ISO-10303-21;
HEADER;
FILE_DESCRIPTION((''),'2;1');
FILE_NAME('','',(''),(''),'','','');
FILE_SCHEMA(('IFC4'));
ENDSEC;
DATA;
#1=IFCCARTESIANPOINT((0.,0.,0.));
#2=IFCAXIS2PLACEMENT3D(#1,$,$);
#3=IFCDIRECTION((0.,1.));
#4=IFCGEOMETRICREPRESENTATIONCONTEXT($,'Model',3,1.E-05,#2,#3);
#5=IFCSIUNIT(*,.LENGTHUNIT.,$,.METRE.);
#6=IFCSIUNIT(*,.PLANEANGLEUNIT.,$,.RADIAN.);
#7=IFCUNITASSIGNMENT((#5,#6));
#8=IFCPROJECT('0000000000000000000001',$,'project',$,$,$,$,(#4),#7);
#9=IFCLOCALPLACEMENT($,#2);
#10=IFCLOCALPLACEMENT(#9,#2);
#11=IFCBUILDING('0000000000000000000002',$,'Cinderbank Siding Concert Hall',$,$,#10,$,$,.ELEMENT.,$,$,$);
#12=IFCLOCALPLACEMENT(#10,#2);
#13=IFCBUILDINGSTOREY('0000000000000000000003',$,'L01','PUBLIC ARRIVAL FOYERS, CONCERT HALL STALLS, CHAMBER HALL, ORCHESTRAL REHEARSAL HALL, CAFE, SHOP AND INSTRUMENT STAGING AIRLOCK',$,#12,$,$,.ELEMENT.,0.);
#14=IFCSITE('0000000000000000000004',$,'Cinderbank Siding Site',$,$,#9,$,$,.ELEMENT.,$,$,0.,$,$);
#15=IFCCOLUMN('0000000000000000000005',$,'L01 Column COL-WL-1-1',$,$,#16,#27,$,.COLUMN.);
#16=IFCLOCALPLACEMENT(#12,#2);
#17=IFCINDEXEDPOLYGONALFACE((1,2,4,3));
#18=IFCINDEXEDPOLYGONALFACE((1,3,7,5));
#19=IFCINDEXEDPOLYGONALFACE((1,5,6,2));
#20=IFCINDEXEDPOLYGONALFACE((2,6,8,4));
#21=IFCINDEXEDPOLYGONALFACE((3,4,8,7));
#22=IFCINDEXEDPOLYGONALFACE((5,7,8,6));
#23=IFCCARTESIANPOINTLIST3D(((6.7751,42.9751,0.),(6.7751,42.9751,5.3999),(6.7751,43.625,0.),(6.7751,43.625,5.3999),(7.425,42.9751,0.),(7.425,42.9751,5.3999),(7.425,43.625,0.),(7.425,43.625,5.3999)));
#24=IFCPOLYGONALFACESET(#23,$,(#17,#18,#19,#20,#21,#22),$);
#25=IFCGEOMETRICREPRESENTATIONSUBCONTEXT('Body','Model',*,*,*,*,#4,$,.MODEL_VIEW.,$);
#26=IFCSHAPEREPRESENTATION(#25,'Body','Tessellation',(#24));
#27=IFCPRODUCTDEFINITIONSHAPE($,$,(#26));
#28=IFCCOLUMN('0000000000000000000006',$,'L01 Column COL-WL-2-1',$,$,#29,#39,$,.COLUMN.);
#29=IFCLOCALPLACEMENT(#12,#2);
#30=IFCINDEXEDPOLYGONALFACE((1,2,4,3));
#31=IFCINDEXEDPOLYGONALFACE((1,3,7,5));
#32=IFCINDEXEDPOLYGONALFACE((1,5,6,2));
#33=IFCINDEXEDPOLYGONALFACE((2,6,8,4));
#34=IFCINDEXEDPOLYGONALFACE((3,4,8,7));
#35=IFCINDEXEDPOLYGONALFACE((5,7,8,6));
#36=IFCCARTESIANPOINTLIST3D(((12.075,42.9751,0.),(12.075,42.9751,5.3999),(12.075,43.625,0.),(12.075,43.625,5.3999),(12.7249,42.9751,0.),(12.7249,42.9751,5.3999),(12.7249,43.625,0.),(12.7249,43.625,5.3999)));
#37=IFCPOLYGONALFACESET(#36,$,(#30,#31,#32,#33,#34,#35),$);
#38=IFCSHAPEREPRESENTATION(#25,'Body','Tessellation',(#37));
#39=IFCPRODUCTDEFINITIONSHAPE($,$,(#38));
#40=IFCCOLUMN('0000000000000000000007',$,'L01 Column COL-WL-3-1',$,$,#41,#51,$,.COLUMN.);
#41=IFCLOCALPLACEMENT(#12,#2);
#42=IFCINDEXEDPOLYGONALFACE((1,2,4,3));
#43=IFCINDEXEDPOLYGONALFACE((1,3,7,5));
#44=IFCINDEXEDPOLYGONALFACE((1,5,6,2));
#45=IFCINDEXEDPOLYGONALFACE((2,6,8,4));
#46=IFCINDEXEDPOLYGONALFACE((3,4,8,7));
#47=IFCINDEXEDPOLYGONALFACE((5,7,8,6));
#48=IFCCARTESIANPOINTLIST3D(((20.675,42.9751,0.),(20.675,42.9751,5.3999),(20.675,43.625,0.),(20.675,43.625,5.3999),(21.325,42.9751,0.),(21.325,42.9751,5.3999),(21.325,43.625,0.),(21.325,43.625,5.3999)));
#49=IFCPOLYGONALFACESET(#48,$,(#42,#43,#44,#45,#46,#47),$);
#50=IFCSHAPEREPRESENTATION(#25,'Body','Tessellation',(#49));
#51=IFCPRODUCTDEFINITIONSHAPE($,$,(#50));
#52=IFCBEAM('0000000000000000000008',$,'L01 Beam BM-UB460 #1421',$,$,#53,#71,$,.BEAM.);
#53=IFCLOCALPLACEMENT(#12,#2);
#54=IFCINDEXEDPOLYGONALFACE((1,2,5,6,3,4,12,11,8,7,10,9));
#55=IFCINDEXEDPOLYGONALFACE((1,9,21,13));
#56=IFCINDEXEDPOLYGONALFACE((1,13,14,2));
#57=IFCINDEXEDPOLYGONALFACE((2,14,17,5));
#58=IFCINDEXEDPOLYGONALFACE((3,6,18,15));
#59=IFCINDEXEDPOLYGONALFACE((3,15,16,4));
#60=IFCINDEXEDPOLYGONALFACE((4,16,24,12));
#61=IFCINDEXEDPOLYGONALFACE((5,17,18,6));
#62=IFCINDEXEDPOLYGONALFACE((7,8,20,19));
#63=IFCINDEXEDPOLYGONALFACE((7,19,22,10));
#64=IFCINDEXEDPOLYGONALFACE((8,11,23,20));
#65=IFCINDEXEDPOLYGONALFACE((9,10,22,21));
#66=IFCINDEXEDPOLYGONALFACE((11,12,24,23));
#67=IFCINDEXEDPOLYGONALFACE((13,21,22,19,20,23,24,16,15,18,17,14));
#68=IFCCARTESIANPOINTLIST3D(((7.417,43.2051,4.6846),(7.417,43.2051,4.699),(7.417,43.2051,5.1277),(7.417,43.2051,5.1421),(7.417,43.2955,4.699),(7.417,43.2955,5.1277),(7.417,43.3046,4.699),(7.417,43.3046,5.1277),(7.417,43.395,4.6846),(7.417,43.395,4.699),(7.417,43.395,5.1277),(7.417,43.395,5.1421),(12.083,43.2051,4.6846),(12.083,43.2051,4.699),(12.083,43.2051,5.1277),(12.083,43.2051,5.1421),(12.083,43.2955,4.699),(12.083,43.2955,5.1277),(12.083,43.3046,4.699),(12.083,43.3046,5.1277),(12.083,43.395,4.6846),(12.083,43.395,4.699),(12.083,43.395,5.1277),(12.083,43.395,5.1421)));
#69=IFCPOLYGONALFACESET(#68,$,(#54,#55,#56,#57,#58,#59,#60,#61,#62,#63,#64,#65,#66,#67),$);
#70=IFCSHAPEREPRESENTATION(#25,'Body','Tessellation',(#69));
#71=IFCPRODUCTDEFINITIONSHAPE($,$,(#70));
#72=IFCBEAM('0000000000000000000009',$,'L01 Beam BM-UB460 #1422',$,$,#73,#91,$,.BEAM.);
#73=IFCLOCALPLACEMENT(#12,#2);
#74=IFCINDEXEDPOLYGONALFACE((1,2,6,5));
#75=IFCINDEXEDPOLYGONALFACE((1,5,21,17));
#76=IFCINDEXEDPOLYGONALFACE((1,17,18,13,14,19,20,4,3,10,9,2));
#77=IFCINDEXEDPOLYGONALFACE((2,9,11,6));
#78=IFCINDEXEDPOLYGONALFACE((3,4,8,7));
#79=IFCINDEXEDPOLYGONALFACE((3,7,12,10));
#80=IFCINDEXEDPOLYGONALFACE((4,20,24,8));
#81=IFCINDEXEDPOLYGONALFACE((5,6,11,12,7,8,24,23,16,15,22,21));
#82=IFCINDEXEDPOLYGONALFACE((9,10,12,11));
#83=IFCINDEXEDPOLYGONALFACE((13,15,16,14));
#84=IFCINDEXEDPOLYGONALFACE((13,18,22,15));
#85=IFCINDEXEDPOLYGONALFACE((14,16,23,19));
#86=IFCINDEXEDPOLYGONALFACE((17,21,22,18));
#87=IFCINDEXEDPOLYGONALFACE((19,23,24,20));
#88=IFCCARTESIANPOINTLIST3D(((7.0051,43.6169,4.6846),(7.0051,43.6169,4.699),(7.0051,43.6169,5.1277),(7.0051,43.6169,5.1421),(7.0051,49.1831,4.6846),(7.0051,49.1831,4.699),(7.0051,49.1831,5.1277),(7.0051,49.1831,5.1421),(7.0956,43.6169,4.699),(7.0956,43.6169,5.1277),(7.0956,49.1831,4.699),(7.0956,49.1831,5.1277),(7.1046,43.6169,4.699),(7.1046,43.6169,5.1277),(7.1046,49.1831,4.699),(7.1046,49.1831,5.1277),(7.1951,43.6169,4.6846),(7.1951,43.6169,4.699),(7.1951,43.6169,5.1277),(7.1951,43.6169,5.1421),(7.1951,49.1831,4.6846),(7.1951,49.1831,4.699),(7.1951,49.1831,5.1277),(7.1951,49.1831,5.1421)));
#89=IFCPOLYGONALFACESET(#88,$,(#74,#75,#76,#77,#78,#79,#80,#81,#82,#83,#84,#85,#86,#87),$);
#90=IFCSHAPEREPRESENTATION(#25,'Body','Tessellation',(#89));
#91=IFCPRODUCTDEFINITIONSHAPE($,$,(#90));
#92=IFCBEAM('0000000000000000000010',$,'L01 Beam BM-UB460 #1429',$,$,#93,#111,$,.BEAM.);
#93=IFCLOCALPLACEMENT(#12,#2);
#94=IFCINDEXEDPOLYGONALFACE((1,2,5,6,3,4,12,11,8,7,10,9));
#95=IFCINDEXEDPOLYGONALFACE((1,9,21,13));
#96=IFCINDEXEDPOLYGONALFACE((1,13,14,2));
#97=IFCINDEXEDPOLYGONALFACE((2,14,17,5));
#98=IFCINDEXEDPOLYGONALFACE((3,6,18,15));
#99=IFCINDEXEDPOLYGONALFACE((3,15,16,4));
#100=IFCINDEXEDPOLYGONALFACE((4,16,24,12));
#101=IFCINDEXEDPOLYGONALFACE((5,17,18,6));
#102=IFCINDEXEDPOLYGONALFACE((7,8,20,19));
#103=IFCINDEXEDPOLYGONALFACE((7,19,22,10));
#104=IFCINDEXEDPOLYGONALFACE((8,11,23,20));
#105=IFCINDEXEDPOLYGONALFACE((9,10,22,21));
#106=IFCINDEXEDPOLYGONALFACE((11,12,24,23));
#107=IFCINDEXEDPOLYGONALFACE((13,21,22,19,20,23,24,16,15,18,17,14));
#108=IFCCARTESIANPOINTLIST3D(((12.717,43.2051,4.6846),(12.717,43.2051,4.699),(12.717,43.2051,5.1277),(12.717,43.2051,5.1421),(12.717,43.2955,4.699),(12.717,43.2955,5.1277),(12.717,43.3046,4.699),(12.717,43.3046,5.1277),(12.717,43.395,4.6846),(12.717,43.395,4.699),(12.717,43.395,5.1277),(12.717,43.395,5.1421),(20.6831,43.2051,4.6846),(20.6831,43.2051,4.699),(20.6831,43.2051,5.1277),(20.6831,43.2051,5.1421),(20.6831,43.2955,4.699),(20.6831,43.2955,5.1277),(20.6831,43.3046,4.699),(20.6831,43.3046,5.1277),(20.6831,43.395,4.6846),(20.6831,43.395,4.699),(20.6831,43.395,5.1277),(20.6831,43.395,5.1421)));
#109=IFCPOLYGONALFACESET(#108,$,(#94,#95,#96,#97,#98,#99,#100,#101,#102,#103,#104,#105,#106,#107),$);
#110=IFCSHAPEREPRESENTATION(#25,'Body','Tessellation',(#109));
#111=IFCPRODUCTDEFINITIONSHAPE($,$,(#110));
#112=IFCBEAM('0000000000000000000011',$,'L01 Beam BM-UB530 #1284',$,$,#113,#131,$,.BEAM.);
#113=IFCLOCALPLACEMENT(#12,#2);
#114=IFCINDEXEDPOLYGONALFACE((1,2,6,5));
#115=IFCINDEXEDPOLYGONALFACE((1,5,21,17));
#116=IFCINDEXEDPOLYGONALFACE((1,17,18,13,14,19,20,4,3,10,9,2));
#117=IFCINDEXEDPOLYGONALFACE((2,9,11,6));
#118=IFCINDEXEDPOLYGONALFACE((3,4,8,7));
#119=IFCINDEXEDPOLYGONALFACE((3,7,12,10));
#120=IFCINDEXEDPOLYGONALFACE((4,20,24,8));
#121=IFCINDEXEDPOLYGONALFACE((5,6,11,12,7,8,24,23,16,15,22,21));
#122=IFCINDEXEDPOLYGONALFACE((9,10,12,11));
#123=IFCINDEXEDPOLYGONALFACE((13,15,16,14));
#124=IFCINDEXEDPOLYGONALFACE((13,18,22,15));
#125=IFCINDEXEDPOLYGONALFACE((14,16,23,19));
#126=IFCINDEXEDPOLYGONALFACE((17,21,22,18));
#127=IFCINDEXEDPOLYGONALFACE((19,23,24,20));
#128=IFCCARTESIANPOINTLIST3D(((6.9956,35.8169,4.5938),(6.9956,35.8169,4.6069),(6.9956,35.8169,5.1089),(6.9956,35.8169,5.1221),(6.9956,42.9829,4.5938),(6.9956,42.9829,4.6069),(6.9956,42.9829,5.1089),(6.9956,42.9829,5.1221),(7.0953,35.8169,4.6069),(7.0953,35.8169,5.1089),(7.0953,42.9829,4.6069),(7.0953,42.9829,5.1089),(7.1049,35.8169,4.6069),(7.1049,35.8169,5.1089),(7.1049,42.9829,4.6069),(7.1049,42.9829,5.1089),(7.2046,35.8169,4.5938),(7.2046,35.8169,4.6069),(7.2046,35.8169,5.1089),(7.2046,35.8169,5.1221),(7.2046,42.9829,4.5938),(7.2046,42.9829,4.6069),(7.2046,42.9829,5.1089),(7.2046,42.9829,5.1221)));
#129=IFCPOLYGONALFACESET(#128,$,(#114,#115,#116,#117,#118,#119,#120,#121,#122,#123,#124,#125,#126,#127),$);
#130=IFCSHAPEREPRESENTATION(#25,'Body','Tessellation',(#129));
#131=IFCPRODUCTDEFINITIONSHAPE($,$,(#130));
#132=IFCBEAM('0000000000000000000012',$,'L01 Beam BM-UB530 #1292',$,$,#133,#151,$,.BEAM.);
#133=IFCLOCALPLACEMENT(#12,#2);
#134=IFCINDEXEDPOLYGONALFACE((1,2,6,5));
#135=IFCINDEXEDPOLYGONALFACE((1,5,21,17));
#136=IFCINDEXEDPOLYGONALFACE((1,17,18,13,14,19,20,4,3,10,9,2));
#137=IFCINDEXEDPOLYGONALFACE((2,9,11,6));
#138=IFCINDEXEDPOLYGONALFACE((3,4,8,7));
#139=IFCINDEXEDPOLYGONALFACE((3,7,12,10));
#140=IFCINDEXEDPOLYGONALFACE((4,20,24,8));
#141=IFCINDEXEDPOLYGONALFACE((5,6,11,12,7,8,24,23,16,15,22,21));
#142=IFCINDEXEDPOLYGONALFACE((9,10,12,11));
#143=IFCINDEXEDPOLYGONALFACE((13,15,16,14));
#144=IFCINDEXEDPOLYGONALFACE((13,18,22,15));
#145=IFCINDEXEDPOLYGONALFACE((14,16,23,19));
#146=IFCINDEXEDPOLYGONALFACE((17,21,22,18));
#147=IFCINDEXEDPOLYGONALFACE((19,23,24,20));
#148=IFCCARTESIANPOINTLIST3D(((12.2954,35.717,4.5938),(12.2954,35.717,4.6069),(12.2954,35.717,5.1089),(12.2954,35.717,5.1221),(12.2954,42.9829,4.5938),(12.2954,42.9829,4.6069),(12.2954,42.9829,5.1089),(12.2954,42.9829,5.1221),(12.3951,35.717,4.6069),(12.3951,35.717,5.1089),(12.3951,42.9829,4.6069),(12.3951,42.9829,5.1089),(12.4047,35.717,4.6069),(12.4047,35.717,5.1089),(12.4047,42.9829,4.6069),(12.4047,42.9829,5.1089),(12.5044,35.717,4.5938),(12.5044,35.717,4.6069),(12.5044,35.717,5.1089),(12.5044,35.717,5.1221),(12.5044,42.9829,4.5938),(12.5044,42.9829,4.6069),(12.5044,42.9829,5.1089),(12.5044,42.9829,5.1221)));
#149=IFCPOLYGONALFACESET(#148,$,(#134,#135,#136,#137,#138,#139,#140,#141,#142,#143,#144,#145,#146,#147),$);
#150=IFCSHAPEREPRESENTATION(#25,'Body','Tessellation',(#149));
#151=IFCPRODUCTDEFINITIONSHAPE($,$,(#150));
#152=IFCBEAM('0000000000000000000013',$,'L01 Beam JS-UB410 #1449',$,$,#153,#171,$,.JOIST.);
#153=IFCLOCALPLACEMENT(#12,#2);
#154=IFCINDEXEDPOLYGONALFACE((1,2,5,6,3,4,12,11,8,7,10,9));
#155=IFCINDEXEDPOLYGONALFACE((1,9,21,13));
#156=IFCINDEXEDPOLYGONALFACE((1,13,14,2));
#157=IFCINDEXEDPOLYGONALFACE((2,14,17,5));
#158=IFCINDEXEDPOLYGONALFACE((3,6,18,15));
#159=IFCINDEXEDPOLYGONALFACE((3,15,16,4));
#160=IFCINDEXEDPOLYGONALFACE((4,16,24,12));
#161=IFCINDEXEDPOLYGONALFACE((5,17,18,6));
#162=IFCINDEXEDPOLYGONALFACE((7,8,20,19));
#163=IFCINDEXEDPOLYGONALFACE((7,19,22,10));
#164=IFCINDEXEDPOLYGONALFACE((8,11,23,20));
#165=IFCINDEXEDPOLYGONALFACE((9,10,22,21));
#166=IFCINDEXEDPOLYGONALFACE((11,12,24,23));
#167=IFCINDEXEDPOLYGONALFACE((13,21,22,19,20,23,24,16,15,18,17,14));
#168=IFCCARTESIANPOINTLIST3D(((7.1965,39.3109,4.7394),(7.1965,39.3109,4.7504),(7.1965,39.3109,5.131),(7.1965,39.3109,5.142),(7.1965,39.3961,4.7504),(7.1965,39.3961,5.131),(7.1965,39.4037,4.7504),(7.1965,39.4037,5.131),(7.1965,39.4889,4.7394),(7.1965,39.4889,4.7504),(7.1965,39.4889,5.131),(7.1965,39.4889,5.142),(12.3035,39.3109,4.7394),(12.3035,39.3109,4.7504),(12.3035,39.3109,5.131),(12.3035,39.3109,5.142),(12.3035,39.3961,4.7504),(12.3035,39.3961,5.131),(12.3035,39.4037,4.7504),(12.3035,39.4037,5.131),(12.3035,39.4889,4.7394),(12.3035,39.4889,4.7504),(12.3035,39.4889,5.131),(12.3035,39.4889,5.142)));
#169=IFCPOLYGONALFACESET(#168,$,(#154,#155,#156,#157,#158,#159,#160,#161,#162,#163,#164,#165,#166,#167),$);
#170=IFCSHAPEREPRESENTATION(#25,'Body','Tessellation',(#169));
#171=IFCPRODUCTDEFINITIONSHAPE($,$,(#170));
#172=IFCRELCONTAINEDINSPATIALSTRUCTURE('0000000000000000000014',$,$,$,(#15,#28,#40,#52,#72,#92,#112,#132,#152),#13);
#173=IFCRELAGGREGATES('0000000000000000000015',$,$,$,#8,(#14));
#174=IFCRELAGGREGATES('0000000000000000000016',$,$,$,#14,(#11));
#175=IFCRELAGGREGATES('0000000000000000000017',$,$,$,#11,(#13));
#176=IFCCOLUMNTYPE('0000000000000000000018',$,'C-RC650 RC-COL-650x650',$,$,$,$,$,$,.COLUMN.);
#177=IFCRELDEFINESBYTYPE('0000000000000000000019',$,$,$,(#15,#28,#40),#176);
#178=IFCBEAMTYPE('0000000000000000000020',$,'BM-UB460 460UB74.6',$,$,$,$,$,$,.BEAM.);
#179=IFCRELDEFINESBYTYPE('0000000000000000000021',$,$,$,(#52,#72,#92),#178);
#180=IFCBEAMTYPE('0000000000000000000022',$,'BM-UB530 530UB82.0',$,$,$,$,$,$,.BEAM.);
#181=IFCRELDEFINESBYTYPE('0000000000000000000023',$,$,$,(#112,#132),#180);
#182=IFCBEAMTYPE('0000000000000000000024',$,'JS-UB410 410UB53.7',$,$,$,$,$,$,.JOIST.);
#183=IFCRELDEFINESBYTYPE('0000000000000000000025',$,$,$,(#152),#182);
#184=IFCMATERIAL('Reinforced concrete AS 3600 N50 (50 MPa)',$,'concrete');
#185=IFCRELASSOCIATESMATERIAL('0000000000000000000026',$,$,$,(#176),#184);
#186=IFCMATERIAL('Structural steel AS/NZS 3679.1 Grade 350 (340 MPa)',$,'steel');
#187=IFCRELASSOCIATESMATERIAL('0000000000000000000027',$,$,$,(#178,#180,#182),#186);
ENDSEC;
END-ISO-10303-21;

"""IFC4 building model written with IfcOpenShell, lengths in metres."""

from ifc_helpers import new_model, si_unit, direction, frame, origin, origin_2d, place, context, subcontext, project, spatial, rectangle, i_section, extrude, material, material_profile, profile_set, type_object, element, save


model = new_model("IFC4")

# Units and contexts
model_context = context("Model", 3, precision=1e-05, world=origin(), true_north=direction((0.0, 1.0)))
body_context = subcontext(model_context, "Body", "Model", "MODEL_VIEW")
ifc_project = project(units=[si_unit("LENGTHUNIT", "METRE"), si_unit("PLANEANGLEUNIT", "RADIAN")], contexts=[model_context])

# Site, building, storey
site_placement = place(None, origin())
site = spatial("IfcSite", under=ifc_project, at=site_placement, Name="Cinderbank Siding Site", CompositionType="ELEMENT", RefElevation=0.0)
building_placement = place(site_placement, origin())
building = spatial("IfcBuilding", under=site, at=building_placement, Name="Cinderbank Siding Concert Hall", CompositionType="ELEMENT")
storey_placement = place(building_placement, origin())
storey = spatial("IfcBuildingStorey", under=building, at=storey_placement, Name="L01", Description="PUBLIC ARRIVAL FOYERS, CONCERT HALL STALLS, CHAMBER HALL, ORCHESTRAL REHEARSAL HALL, CAFE, SHOP AND INSTRUMENT STAGING AIRLOCK", CompositionType="ELEMENT", Elevation=0.0)

# Columns
ifc_material_1 = material(Name="Reinforced concrete AS 3600 N50 (50 MPa)", Category="concrete")
ifc_material_profile_1 = material_profile(ifc_material_1, rectangle(XDim=0.6499, YDim=0.6499, at=origin_2d()), Name="RC-COL-650x650", Category="LoadBearing")
ifc_profile_set_1 = profile_set([ifc_material_profile_1], Name="Reinforced concrete AS 3600 N50 (50 MPa)")
column_type = type_object("IfcColumnType", Name="C-RC650 RC-COL-650x650", PredefinedType="COLUMN", material=ifc_profile_set_1)
for number, where, z_axis, x_axis, name in (
    (1, (7.1001, 43.3, 0.0), (0.0, 0.0, 1.0), (1.0, 0.0, 0.0), "L01 Column COL-WL-1-1"),
    (2, (12.3999, 43.3, 0.0), (0.0, 0.0, 1.0), (1.0, 0.0, 0.0), "L01 Column COL-WL-2-1"),
    (3, (21.0, 43.3, 0.0), (0.0, 0.0, 1.0), (1.0, 0.0, 0.0), "L01 Column COL-WL-3-1"),
):
    element("IfcColumn", number, at=place(storey_placement, frame(where, z_axis=z_axis, x_axis=x_axis)), inside=storey, type_object=column_type, Name=name, PredefinedType="COLUMN", context=body_context, shape_type="SweptSolid", body=[
        extrude(rectangle(XDim=0.6499, YDim=0.6499, at=origin_2d()), origin(), (0.0, 0.0, 1.0), 5.3999),
    ])

# Beams
ifc_material_2 = material(Name="Structural steel AS/NZS 3679.1 Grade 350 (340 MPa)", Category="steel")
ifc_material_profile_2 = material_profile(ifc_material_2, i_section(OverallWidth=0.1899, OverallDepth=0.4575, WebThickness=0.009, FlangeThickness=0.0144, at=origin_2d()), Name="460UB74.6", Category="LoadBearing")
ifc_profile_set_2 = profile_set([ifc_material_profile_2], Name="Structural steel AS/NZS 3679.1 Grade 350 (340 MPa)")
beam_type_1 = type_object("IfcBeamType", Name="BM-UB460 460UB74.6", PredefinedType="BEAM", material=ifc_profile_set_2)
beam_1_placement = place(storey_placement, frame((7.417, 43.3, 4.9133), z_axis=(1.0, 0.0, 0.0), x_axis=(0.0, 1.0, 0.0)))
element("IfcBeam", 4, at=beam_1_placement, inside=storey, type_object=beam_type_1, Name="L01 Beam BM-UB460 #1421", PredefinedType="BEAM", context=body_context, shape_type="SweptSolid", body=[
    extrude(i_section(OverallWidth=0.1899, OverallDepth=0.4575, WebThickness=0.009, FlangeThickness=0.0144, at=origin_2d()), origin(), (0.0, 0.0, 1.0), 4.666),
])
beam_2_placement = place(storey_placement, frame((7.1001, 43.6169, 4.9133), z_axis=(0.0, 1.0, 0.0), x_axis=(-1.0, 0.0, 0.0)))
element("IfcBeam", 5, at=beam_2_placement, inside=storey, type_object=beam_type_1, Name="L01 Beam BM-UB460 #1422", PredefinedType="BEAM", context=body_context, shape_type="SweptSolid", body=[
    extrude(i_section(OverallWidth=0.1899, OverallDepth=0.4575, WebThickness=0.009, FlangeThickness=0.0144, at=origin_2d()), origin(), (0.0, 0.0, 1.0), 5.5662),
])
beam_3_placement = place(storey_placement, frame((12.717, 43.3, 4.9133), z_axis=(1.0, 0.0, 0.0), x_axis=(0.0, 1.0, 0.0)))
element("IfcBeam", 6, at=beam_3_placement, inside=storey, type_object=beam_type_1, Name="L01 Beam BM-UB460 #1429", PredefinedType="BEAM", context=body_context, shape_type="SweptSolid", body=[
    extrude(i_section(OverallWidth=0.1899, OverallDepth=0.4575, WebThickness=0.009, FlangeThickness=0.0144, at=origin_2d()), origin(), (0.0, 0.0, 1.0), 7.9661),
])
ifc_material_profile_3 = material_profile(ifc_material_2, i_section(OverallWidth=0.209, OverallDepth=0.5283, WebThickness=0.0095, FlangeThickness=0.0132, at=origin_2d()), Name="530UB82.0", Category="LoadBearing")
ifc_profile_set_3 = profile_set([ifc_material_profile_3], Name="Structural steel AS/NZS 3679.1 Grade 350 (340 MPa)")
beam_type_2 = type_object("IfcBeamType", Name="BM-UB530 530UB82.0", PredefinedType="BEAM", material=ifc_profile_set_3)
beam_4_placement = place(storey_placement, frame((7.1001, 35.8169, 4.8579), z_axis=(0.0, 1.0, 0.0), x_axis=(-1.0, 0.0, 0.0)))
element("IfcBeam", 7, at=beam_4_placement, inside=storey, type_object=beam_type_2, Name="L01 Beam BM-UB530 #1284", PredefinedType="BEAM", context=body_context, shape_type="SweptSolid", body=[
    extrude(i_section(OverallWidth=0.209, OverallDepth=0.5283, WebThickness=0.0095, FlangeThickness=0.0132, at=origin_2d()), origin(), (0.0, 0.0, 1.0), 7.166),
])
beam_5_placement = place(storey_placement, frame((12.3999, 35.717, 4.8579), z_axis=(0.0, 1.0, 0.0), x_axis=(-1.0, 0.0, 0.0)))
element("IfcBeam", 8, at=beam_5_placement, inside=storey, type_object=beam_type_2, Name="L01 Beam BM-UB530 #1292", PredefinedType="BEAM", context=body_context, shape_type="SweptSolid", body=[
    extrude(i_section(OverallWidth=0.209, OverallDepth=0.5283, WebThickness=0.0095, FlangeThickness=0.0132, at=origin_2d()), origin(), (0.0, 0.0, 1.0), 7.2659),
])
ifc_material_profile_4 = material_profile(ifc_material_2, i_section(OverallWidth=0.178, OverallDepth=0.4026, WebThickness=0.0076, FlangeThickness=0.011, at=origin_2d()), Name="410UB53.7", Category="LoadBearing")
ifc_profile_set_4 = profile_set([ifc_material_profile_4], Name="Structural steel AS/NZS 3679.1 Grade 350 (340 MPa)")
beam_type_3 = type_object("IfcBeamType", Name="JS-UB410 410UB53.7", PredefinedType="JOIST", material=ifc_profile_set_4)
beam_6_placement = place(storey_placement, frame((7.1965, 39.3999, 4.9407), z_axis=(1.0, 0.0, 0.0), x_axis=(0.0, 1.0, 0.0)))
element("IfcBeam", 9, at=beam_6_placement, inside=storey, type_object=beam_type_3, Name="L01 Beam JS-UB410 #1449", PredefinedType="JOIST", context=body_context, shape_type="SweptSolid", body=[
    extrude(i_section(OverallWidth=0.178, OverallDepth=0.4026, WebThickness=0.0076, FlangeThickness=0.011, at=origin_2d()), origin(), (0.0, 0.0, 1.0), 5.1069),
])

save(model, "model.ifc")
